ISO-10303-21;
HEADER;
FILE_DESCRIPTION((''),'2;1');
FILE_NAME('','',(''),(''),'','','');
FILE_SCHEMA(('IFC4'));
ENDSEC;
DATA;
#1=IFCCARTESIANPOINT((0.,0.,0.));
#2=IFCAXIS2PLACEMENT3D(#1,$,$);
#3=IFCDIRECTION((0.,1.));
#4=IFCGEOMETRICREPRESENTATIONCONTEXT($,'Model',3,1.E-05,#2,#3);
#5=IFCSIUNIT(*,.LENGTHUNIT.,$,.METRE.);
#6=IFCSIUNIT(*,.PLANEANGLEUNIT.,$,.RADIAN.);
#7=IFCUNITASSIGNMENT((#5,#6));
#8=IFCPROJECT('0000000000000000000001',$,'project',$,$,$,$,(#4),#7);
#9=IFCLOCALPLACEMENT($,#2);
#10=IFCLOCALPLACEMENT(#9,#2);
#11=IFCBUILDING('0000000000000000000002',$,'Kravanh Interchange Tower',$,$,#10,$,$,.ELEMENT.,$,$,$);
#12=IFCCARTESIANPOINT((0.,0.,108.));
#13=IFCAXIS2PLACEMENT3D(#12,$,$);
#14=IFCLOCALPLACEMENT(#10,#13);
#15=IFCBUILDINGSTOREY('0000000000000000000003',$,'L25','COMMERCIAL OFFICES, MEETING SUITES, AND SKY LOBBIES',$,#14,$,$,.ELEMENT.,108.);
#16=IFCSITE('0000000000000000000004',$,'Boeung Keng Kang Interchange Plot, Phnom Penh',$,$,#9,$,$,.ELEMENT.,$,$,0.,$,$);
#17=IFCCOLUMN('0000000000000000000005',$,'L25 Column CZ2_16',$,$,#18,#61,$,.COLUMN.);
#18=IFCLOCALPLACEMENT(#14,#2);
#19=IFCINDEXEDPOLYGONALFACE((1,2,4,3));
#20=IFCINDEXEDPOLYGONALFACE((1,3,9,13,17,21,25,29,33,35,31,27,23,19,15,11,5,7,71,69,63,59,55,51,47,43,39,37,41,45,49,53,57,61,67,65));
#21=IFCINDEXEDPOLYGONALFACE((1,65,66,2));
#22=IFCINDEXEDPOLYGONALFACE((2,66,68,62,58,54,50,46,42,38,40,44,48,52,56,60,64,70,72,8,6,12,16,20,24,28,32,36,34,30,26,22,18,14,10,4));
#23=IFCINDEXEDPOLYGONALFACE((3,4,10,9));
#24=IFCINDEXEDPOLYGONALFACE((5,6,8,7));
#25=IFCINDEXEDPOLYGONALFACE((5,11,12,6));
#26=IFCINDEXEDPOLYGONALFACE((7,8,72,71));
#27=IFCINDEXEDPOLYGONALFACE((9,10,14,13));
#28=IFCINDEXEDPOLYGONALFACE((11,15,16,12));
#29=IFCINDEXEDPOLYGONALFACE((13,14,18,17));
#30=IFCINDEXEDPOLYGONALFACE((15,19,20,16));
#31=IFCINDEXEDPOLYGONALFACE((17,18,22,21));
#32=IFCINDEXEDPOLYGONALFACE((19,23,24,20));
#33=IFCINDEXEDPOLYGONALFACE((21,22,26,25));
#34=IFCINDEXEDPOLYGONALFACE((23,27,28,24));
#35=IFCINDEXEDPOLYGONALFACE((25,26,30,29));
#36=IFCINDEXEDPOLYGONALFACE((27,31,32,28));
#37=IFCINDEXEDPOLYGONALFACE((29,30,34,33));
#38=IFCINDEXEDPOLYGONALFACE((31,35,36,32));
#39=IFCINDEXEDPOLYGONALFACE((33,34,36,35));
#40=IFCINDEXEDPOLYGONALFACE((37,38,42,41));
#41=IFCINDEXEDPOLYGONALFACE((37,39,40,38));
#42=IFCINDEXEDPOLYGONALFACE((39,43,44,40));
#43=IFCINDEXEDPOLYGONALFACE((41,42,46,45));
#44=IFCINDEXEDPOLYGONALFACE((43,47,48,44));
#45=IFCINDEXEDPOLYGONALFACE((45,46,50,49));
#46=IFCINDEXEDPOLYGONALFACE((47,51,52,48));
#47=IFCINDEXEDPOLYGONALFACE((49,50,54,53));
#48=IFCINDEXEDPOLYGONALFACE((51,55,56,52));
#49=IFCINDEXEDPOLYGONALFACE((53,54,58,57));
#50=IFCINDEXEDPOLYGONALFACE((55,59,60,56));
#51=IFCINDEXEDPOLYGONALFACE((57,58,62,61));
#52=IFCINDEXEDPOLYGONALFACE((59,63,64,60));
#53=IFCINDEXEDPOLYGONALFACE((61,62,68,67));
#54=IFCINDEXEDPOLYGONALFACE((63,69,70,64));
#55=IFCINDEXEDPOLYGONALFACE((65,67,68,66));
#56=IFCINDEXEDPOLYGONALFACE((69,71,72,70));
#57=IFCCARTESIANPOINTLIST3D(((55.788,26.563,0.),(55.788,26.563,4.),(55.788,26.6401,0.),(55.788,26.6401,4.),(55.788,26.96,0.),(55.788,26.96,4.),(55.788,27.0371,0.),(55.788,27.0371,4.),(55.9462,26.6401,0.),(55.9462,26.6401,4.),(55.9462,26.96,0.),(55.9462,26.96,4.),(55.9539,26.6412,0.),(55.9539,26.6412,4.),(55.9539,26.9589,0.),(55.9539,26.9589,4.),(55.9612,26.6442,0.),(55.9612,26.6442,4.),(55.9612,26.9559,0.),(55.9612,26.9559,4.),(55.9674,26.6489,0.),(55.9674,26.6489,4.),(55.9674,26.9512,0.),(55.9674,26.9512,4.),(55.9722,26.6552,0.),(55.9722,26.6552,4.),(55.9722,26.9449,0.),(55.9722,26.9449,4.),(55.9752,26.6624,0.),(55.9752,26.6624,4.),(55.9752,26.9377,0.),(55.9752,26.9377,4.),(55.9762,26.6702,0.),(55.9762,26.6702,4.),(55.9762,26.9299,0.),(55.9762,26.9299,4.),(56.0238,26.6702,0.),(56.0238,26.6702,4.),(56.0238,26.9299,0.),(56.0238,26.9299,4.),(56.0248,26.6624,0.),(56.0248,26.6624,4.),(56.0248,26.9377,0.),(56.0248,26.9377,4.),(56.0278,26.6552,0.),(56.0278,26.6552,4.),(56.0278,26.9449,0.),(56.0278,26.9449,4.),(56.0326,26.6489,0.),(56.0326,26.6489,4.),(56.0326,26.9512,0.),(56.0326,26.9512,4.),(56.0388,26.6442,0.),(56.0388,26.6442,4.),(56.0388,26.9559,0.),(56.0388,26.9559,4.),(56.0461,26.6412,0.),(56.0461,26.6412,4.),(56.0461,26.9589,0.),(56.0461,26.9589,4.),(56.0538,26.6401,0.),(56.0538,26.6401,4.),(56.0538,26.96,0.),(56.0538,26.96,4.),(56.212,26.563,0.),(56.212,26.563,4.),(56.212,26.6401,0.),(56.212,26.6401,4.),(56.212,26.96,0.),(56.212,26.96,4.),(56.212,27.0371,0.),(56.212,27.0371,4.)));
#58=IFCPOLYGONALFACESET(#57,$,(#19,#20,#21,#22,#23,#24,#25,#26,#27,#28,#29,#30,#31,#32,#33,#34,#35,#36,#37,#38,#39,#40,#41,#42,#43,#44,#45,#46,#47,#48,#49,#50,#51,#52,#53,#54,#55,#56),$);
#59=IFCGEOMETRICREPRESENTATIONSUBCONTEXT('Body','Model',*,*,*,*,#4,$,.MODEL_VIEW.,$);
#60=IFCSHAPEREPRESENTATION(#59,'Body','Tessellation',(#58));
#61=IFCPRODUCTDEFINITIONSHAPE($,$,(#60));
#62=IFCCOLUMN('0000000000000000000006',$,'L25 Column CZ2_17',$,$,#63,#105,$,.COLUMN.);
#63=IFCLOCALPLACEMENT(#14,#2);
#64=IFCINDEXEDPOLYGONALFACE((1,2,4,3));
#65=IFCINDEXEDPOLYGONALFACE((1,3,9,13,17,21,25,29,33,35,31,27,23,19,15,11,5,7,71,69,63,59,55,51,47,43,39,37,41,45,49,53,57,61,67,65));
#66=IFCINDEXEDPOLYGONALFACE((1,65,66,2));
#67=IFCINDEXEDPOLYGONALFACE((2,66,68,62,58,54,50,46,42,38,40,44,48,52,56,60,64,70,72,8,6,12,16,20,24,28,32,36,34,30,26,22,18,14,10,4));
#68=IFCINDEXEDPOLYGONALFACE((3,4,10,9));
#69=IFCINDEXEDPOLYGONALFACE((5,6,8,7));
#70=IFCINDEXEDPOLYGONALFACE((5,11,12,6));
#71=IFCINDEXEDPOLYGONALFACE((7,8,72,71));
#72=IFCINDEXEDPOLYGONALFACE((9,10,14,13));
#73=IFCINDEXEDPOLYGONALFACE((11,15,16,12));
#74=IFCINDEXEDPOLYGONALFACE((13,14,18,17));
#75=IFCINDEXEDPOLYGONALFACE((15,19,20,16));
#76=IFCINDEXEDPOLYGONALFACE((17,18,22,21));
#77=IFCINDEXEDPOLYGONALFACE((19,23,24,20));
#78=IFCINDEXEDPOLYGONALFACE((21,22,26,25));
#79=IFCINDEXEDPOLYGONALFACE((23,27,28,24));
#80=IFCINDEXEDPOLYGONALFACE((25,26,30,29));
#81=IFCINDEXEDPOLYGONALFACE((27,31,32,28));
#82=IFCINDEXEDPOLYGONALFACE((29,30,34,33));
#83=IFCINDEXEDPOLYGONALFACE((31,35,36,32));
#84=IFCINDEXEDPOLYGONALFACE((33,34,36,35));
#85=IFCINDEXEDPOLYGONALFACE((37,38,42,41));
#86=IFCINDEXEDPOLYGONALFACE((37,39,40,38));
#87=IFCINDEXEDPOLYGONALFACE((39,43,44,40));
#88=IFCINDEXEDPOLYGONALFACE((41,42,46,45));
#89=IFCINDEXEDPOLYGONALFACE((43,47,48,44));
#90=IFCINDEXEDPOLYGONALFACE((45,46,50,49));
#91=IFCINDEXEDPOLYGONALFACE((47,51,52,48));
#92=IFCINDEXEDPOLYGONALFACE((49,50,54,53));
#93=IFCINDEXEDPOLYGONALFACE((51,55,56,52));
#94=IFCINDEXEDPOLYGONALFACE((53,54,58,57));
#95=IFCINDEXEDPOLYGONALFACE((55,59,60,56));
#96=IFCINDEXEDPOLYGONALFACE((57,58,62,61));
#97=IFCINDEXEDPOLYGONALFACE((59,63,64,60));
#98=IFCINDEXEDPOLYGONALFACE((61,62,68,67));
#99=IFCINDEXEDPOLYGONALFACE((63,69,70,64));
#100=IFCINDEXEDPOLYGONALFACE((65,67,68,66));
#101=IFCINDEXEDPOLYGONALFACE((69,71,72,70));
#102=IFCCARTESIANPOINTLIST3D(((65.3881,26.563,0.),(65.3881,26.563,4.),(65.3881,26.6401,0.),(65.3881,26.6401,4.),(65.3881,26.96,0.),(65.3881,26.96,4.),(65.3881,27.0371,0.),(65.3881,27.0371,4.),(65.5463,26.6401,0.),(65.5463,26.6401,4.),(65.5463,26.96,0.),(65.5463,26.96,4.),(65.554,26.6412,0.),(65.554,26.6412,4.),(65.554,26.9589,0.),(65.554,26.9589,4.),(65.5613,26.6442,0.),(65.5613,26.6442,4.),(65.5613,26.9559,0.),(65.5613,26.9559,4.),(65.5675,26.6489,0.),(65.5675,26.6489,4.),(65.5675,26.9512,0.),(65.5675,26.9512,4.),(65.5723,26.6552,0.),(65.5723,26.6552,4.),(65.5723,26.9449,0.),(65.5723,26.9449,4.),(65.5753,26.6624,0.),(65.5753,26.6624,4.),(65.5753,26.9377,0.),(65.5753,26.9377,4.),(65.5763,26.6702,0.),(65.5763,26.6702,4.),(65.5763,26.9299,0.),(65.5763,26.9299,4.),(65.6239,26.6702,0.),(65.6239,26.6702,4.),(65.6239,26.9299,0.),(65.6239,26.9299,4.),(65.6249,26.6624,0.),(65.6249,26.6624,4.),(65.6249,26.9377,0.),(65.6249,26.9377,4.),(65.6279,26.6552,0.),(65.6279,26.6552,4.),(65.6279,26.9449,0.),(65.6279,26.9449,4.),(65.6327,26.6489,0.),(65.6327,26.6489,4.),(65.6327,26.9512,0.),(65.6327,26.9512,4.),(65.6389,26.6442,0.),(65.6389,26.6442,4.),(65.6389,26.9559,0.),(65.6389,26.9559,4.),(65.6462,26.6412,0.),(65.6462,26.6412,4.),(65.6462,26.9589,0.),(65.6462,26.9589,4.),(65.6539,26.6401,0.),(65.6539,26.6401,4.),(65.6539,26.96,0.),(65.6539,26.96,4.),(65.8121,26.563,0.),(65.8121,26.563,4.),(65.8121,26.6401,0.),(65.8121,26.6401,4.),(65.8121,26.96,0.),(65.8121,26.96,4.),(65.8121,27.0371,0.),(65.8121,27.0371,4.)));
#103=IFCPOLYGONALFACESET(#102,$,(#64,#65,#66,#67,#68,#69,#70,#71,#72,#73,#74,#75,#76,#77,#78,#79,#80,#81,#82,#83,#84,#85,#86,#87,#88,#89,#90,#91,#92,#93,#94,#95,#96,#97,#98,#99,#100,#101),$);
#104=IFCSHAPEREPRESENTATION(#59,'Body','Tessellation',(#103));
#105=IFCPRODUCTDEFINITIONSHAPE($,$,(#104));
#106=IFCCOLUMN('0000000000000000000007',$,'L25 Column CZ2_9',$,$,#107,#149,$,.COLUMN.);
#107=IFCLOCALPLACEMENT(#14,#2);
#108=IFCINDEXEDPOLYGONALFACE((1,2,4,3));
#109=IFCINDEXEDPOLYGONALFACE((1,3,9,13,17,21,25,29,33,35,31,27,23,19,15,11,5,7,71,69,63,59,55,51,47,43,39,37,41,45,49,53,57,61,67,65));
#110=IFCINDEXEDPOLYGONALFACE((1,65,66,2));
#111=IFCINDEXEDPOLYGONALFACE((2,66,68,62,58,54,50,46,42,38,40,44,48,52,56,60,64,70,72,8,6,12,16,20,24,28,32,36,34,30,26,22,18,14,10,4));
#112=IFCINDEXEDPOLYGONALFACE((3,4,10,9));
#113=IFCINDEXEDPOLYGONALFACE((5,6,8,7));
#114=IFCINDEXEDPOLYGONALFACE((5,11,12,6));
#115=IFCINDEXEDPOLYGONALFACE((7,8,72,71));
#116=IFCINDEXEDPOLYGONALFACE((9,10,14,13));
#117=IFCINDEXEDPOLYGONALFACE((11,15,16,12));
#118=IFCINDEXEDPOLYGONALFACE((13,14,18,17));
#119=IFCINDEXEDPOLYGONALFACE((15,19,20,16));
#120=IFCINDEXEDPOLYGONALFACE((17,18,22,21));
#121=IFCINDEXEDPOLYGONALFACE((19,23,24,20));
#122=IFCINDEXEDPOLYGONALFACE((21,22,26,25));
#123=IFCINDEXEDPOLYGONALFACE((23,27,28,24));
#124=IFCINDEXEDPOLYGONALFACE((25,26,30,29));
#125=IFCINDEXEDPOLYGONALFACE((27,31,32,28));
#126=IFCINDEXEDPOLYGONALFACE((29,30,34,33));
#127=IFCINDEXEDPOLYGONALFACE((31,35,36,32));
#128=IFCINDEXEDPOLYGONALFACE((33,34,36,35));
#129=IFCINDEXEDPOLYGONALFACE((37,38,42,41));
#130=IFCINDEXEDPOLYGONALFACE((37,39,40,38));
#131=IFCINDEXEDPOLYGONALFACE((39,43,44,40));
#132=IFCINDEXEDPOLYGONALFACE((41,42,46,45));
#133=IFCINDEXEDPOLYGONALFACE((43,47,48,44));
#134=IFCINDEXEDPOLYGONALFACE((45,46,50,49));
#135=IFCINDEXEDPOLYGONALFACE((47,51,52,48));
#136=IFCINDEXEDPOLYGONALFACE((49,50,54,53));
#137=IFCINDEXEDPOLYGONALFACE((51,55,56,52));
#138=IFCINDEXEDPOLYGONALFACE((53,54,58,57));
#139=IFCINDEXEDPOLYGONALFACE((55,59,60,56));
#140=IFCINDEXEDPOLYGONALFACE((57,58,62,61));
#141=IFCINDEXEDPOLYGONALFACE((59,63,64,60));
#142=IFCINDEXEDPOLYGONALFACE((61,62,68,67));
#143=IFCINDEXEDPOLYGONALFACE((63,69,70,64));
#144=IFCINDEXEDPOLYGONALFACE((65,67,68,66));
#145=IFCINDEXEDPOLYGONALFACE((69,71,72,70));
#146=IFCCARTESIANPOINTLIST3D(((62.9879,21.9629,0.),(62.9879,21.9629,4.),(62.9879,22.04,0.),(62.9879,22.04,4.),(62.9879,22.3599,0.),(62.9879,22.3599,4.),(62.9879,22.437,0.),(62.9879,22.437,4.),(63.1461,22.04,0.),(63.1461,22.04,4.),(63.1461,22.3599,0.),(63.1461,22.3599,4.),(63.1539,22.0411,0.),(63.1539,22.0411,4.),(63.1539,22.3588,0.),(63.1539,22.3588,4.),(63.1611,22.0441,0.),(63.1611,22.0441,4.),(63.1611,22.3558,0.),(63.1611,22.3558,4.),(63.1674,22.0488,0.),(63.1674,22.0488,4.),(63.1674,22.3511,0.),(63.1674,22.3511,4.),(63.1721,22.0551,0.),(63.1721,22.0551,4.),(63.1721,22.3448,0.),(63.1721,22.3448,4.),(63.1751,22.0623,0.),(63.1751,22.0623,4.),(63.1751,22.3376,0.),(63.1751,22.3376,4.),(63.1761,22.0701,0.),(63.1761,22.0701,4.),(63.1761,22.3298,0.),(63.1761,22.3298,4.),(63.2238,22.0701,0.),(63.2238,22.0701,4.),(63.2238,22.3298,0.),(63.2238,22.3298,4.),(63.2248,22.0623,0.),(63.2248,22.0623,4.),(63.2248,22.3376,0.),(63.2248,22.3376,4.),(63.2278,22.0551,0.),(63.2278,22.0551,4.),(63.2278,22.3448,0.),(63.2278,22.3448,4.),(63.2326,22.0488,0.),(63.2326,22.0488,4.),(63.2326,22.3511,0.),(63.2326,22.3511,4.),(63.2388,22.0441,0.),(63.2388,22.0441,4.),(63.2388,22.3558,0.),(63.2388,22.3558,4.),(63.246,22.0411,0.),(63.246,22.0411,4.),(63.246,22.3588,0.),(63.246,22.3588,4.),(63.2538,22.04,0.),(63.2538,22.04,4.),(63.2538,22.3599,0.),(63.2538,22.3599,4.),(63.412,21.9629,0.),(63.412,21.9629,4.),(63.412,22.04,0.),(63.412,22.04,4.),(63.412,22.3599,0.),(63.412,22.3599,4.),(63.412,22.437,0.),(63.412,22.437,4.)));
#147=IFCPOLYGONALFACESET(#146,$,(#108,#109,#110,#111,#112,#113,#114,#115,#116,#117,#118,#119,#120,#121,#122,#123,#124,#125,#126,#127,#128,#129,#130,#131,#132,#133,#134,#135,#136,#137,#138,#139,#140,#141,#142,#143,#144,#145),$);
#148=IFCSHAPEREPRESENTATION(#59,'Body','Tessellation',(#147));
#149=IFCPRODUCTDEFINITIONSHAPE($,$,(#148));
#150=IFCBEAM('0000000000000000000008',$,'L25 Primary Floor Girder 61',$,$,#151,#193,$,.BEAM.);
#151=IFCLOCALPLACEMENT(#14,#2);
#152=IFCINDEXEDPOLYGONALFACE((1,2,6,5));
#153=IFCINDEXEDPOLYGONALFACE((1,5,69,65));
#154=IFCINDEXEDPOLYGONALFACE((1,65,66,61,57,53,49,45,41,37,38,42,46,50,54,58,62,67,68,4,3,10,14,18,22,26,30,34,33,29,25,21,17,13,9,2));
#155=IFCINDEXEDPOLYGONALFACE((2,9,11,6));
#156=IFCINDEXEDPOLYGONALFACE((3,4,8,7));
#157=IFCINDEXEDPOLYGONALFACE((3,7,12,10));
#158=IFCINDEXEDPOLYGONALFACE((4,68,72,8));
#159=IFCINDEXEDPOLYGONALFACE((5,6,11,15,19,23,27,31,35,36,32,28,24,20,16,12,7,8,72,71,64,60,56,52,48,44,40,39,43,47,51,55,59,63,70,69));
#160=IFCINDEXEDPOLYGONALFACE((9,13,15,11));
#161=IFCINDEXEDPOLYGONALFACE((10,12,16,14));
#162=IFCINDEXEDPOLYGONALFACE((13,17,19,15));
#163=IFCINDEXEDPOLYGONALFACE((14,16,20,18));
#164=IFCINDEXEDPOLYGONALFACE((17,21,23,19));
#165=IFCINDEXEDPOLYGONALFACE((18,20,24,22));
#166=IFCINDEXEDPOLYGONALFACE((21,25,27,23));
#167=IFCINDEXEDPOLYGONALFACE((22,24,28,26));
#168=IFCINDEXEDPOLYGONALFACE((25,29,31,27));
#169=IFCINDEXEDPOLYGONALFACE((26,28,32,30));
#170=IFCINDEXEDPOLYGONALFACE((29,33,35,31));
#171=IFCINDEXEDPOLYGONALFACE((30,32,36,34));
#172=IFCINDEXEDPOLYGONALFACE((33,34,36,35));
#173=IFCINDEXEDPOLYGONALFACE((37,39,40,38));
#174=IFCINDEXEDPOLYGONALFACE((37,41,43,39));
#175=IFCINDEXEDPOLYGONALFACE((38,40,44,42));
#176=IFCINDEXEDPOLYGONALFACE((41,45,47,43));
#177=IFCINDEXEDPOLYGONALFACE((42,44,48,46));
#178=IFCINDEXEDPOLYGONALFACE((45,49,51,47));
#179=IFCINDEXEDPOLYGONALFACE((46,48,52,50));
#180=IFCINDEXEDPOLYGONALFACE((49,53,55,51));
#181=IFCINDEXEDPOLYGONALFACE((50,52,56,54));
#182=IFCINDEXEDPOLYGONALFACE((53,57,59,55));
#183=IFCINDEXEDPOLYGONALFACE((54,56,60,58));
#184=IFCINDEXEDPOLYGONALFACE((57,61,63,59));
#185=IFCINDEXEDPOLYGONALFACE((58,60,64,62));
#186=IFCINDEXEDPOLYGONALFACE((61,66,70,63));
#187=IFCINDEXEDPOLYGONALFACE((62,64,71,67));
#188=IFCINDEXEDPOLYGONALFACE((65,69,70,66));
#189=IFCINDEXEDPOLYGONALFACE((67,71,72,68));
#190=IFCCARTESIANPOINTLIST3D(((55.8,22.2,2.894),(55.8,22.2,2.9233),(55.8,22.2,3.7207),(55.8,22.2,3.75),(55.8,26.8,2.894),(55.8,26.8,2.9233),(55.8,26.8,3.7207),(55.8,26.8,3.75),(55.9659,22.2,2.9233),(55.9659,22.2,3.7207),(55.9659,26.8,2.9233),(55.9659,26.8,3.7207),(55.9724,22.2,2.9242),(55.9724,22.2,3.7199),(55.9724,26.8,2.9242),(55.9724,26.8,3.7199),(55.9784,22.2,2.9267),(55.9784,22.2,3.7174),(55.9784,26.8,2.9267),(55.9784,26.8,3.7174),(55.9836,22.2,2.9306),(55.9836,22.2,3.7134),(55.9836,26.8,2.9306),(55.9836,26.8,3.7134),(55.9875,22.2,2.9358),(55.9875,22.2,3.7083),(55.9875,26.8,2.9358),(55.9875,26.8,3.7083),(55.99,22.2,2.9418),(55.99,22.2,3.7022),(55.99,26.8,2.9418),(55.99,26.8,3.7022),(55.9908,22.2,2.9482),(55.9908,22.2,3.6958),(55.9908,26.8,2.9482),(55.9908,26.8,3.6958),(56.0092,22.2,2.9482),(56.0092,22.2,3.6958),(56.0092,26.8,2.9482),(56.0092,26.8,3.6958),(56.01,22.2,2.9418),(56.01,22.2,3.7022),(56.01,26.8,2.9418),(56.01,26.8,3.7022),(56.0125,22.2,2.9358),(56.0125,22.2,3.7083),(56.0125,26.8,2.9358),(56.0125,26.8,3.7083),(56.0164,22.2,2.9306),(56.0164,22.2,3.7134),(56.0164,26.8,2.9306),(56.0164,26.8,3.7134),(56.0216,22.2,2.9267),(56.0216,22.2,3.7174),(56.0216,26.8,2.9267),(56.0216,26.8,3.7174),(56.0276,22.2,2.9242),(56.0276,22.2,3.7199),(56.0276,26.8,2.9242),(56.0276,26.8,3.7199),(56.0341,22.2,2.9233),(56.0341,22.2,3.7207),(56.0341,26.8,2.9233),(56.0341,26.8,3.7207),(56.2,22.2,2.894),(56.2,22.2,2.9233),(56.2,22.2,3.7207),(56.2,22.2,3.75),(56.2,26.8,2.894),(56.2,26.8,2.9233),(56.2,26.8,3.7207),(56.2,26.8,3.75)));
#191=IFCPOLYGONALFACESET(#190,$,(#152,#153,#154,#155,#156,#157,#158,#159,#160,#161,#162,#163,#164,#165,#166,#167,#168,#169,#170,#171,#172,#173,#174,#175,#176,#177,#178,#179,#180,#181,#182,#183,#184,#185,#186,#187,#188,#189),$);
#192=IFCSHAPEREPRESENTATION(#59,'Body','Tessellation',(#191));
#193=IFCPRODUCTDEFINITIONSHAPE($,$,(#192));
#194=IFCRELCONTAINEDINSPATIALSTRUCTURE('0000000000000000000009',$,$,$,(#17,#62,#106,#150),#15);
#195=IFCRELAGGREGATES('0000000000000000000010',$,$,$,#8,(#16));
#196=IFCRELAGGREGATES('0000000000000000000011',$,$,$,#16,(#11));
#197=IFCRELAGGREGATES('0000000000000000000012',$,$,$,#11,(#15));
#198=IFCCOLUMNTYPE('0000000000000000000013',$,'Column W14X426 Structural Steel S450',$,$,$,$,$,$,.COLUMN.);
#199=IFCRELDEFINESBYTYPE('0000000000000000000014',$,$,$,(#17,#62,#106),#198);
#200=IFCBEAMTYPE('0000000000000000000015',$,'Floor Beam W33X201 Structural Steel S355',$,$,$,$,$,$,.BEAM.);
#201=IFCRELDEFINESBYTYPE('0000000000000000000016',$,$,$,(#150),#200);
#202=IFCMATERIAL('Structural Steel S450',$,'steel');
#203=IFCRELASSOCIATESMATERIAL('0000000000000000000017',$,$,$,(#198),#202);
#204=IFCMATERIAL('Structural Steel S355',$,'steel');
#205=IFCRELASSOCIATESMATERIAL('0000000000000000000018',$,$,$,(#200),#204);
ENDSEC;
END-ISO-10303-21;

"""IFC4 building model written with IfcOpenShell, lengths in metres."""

from ifc_helpers import new_model, si_unit, direction, frame, origin, origin_2d, place, context, subcontext, project, spatial, i_section, extrude, material, material_profile, profile_set, type_object, element, save


model = new_model("IFC4")

# Units and contexts
model_context = context("Model", 3, precision=1e-05, world=origin(), true_north=direction((0.0, 1.0)))
body_context = subcontext(model_context, "Body", "Model", "MODEL_VIEW")
ifc_project = project(units=[si_unit("LENGTHUNIT", "METRE"), si_unit("PLANEANGLEUNIT", "RADIAN")], contexts=[model_context])

# Site, building, storey
site_placement = place(None, origin())
site = spatial("IfcSite", under=ifc_project, at=site_placement, Name="Boeung Keng Kang Interchange Plot, Phnom Penh", CompositionType="ELEMENT", RefElevation=0.0)
building_placement = place(site_placement, origin())
building = spatial("IfcBuilding", under=site, at=building_placement, Name="Kravanh Interchange Tower", CompositionType="ELEMENT")
storey_placement = place(building_placement, frame((0.0, 0.0, 108.0)))
storey = spatial("IfcBuildingStorey", under=building, at=storey_placement, Name="L25", Description="COMMERCIAL OFFICES, MEETING SUITES, AND SKY LOBBIES", CompositionType="ELEMENT", Elevation=108.0)

# Columns
ifc_material_1 = material(Name="Structural Steel S450", Category="steel")
ifc_material_profile_1 = material_profile(ifc_material_1, i_section(OverallWidth=0.4241, OverallDepth=0.4741, WebThickness=0.0476, FlangeThickness=0.0771, FilletRadius=0.03, at=origin_2d()), Name="W14X426")
ifc_profile_set_1 = profile_set([ifc_material_profile_1], Name="Structural Steel S450")
column_type = type_object("IfcColumnType", Name="Column W14X426 Structural Steel S450", PredefinedType="COLUMN", material=ifc_profile_set_1)
for number, where, z_axis, x_axis, name in (
    (1, (56.0, 26.8, 0.0), (0.0, 0.0, 1.0), (1.0, 0.0, 0.0), "L25 Column CZ2_16"),
    (2, (65.6001, 26.8, 0.0), (0.0, 0.0, 1.0), (1.0, 0.0, 0.0), "L25 Column CZ2_17"),
    (3, (63.2, 22.2, 0.0), (0.0, 0.0, 1.0), (1.0, 0.0, 0.0), "L25 Column CZ2_9"),
):
    element("IfcColumn", number, at=place(storey_placement, frame(where, z_axis=z_axis, x_axis=x_axis)), inside=storey, type_object=column_type, Name=name, PredefinedType="COLUMN", context=body_context, shape_type="SweptSolid", body=[
        extrude(i_section(OverallWidth=0.4241, OverallDepth=0.4741, WebThickness=0.0476, FlangeThickness=0.0771, FilletRadius=0.03, at=origin_2d()), origin(), (0.0, 0.0, 1.0), 4.0),
    ])

# Beam
ifc_material_2 = material(Name="Structural Steel S355", Category="steel")
ifc_material_profile_2 = material_profile(ifc_material_2, i_section(OverallWidth=0.3999, OverallDepth=0.856, WebThickness=0.0183, FlangeThickness=0.0293, FilletRadius=0.0249, at=origin_2d()), Name="W33X201")
ifc_profile_set_2 = profile_set([ifc_material_profile_2], Name="Structural Steel S355")
beam_type_1 = type_object("IfcBeamType", Name="Floor Beam W33X201 Structural Steel S355", PredefinedType="BEAM", material=ifc_profile_set_2)
beam_1_placement = place(storey_placement, frame((56.0, 26.8, 3.322), z_axis=(0.0, -1.0, 0.0), x_axis=(1.0, 0.0, 0.0)))
element("IfcBeam", 4, at=beam_1_placement, inside=storey, type_object=beam_type_1, Name="L25 Primary Floor Girder 61", PredefinedType="BEAM", context=body_context, shape_type="SweptSolid", body=[
    extrude(i_section(OverallWidth=0.3999, OverallDepth=0.856, WebThickness=0.0183, FlangeThickness=0.0293, FilletRadius=0.0249, at=origin_2d()), origin(), (0.0, 0.0, 1.0), 4.6001),
])

save(model, "model.ifc")
